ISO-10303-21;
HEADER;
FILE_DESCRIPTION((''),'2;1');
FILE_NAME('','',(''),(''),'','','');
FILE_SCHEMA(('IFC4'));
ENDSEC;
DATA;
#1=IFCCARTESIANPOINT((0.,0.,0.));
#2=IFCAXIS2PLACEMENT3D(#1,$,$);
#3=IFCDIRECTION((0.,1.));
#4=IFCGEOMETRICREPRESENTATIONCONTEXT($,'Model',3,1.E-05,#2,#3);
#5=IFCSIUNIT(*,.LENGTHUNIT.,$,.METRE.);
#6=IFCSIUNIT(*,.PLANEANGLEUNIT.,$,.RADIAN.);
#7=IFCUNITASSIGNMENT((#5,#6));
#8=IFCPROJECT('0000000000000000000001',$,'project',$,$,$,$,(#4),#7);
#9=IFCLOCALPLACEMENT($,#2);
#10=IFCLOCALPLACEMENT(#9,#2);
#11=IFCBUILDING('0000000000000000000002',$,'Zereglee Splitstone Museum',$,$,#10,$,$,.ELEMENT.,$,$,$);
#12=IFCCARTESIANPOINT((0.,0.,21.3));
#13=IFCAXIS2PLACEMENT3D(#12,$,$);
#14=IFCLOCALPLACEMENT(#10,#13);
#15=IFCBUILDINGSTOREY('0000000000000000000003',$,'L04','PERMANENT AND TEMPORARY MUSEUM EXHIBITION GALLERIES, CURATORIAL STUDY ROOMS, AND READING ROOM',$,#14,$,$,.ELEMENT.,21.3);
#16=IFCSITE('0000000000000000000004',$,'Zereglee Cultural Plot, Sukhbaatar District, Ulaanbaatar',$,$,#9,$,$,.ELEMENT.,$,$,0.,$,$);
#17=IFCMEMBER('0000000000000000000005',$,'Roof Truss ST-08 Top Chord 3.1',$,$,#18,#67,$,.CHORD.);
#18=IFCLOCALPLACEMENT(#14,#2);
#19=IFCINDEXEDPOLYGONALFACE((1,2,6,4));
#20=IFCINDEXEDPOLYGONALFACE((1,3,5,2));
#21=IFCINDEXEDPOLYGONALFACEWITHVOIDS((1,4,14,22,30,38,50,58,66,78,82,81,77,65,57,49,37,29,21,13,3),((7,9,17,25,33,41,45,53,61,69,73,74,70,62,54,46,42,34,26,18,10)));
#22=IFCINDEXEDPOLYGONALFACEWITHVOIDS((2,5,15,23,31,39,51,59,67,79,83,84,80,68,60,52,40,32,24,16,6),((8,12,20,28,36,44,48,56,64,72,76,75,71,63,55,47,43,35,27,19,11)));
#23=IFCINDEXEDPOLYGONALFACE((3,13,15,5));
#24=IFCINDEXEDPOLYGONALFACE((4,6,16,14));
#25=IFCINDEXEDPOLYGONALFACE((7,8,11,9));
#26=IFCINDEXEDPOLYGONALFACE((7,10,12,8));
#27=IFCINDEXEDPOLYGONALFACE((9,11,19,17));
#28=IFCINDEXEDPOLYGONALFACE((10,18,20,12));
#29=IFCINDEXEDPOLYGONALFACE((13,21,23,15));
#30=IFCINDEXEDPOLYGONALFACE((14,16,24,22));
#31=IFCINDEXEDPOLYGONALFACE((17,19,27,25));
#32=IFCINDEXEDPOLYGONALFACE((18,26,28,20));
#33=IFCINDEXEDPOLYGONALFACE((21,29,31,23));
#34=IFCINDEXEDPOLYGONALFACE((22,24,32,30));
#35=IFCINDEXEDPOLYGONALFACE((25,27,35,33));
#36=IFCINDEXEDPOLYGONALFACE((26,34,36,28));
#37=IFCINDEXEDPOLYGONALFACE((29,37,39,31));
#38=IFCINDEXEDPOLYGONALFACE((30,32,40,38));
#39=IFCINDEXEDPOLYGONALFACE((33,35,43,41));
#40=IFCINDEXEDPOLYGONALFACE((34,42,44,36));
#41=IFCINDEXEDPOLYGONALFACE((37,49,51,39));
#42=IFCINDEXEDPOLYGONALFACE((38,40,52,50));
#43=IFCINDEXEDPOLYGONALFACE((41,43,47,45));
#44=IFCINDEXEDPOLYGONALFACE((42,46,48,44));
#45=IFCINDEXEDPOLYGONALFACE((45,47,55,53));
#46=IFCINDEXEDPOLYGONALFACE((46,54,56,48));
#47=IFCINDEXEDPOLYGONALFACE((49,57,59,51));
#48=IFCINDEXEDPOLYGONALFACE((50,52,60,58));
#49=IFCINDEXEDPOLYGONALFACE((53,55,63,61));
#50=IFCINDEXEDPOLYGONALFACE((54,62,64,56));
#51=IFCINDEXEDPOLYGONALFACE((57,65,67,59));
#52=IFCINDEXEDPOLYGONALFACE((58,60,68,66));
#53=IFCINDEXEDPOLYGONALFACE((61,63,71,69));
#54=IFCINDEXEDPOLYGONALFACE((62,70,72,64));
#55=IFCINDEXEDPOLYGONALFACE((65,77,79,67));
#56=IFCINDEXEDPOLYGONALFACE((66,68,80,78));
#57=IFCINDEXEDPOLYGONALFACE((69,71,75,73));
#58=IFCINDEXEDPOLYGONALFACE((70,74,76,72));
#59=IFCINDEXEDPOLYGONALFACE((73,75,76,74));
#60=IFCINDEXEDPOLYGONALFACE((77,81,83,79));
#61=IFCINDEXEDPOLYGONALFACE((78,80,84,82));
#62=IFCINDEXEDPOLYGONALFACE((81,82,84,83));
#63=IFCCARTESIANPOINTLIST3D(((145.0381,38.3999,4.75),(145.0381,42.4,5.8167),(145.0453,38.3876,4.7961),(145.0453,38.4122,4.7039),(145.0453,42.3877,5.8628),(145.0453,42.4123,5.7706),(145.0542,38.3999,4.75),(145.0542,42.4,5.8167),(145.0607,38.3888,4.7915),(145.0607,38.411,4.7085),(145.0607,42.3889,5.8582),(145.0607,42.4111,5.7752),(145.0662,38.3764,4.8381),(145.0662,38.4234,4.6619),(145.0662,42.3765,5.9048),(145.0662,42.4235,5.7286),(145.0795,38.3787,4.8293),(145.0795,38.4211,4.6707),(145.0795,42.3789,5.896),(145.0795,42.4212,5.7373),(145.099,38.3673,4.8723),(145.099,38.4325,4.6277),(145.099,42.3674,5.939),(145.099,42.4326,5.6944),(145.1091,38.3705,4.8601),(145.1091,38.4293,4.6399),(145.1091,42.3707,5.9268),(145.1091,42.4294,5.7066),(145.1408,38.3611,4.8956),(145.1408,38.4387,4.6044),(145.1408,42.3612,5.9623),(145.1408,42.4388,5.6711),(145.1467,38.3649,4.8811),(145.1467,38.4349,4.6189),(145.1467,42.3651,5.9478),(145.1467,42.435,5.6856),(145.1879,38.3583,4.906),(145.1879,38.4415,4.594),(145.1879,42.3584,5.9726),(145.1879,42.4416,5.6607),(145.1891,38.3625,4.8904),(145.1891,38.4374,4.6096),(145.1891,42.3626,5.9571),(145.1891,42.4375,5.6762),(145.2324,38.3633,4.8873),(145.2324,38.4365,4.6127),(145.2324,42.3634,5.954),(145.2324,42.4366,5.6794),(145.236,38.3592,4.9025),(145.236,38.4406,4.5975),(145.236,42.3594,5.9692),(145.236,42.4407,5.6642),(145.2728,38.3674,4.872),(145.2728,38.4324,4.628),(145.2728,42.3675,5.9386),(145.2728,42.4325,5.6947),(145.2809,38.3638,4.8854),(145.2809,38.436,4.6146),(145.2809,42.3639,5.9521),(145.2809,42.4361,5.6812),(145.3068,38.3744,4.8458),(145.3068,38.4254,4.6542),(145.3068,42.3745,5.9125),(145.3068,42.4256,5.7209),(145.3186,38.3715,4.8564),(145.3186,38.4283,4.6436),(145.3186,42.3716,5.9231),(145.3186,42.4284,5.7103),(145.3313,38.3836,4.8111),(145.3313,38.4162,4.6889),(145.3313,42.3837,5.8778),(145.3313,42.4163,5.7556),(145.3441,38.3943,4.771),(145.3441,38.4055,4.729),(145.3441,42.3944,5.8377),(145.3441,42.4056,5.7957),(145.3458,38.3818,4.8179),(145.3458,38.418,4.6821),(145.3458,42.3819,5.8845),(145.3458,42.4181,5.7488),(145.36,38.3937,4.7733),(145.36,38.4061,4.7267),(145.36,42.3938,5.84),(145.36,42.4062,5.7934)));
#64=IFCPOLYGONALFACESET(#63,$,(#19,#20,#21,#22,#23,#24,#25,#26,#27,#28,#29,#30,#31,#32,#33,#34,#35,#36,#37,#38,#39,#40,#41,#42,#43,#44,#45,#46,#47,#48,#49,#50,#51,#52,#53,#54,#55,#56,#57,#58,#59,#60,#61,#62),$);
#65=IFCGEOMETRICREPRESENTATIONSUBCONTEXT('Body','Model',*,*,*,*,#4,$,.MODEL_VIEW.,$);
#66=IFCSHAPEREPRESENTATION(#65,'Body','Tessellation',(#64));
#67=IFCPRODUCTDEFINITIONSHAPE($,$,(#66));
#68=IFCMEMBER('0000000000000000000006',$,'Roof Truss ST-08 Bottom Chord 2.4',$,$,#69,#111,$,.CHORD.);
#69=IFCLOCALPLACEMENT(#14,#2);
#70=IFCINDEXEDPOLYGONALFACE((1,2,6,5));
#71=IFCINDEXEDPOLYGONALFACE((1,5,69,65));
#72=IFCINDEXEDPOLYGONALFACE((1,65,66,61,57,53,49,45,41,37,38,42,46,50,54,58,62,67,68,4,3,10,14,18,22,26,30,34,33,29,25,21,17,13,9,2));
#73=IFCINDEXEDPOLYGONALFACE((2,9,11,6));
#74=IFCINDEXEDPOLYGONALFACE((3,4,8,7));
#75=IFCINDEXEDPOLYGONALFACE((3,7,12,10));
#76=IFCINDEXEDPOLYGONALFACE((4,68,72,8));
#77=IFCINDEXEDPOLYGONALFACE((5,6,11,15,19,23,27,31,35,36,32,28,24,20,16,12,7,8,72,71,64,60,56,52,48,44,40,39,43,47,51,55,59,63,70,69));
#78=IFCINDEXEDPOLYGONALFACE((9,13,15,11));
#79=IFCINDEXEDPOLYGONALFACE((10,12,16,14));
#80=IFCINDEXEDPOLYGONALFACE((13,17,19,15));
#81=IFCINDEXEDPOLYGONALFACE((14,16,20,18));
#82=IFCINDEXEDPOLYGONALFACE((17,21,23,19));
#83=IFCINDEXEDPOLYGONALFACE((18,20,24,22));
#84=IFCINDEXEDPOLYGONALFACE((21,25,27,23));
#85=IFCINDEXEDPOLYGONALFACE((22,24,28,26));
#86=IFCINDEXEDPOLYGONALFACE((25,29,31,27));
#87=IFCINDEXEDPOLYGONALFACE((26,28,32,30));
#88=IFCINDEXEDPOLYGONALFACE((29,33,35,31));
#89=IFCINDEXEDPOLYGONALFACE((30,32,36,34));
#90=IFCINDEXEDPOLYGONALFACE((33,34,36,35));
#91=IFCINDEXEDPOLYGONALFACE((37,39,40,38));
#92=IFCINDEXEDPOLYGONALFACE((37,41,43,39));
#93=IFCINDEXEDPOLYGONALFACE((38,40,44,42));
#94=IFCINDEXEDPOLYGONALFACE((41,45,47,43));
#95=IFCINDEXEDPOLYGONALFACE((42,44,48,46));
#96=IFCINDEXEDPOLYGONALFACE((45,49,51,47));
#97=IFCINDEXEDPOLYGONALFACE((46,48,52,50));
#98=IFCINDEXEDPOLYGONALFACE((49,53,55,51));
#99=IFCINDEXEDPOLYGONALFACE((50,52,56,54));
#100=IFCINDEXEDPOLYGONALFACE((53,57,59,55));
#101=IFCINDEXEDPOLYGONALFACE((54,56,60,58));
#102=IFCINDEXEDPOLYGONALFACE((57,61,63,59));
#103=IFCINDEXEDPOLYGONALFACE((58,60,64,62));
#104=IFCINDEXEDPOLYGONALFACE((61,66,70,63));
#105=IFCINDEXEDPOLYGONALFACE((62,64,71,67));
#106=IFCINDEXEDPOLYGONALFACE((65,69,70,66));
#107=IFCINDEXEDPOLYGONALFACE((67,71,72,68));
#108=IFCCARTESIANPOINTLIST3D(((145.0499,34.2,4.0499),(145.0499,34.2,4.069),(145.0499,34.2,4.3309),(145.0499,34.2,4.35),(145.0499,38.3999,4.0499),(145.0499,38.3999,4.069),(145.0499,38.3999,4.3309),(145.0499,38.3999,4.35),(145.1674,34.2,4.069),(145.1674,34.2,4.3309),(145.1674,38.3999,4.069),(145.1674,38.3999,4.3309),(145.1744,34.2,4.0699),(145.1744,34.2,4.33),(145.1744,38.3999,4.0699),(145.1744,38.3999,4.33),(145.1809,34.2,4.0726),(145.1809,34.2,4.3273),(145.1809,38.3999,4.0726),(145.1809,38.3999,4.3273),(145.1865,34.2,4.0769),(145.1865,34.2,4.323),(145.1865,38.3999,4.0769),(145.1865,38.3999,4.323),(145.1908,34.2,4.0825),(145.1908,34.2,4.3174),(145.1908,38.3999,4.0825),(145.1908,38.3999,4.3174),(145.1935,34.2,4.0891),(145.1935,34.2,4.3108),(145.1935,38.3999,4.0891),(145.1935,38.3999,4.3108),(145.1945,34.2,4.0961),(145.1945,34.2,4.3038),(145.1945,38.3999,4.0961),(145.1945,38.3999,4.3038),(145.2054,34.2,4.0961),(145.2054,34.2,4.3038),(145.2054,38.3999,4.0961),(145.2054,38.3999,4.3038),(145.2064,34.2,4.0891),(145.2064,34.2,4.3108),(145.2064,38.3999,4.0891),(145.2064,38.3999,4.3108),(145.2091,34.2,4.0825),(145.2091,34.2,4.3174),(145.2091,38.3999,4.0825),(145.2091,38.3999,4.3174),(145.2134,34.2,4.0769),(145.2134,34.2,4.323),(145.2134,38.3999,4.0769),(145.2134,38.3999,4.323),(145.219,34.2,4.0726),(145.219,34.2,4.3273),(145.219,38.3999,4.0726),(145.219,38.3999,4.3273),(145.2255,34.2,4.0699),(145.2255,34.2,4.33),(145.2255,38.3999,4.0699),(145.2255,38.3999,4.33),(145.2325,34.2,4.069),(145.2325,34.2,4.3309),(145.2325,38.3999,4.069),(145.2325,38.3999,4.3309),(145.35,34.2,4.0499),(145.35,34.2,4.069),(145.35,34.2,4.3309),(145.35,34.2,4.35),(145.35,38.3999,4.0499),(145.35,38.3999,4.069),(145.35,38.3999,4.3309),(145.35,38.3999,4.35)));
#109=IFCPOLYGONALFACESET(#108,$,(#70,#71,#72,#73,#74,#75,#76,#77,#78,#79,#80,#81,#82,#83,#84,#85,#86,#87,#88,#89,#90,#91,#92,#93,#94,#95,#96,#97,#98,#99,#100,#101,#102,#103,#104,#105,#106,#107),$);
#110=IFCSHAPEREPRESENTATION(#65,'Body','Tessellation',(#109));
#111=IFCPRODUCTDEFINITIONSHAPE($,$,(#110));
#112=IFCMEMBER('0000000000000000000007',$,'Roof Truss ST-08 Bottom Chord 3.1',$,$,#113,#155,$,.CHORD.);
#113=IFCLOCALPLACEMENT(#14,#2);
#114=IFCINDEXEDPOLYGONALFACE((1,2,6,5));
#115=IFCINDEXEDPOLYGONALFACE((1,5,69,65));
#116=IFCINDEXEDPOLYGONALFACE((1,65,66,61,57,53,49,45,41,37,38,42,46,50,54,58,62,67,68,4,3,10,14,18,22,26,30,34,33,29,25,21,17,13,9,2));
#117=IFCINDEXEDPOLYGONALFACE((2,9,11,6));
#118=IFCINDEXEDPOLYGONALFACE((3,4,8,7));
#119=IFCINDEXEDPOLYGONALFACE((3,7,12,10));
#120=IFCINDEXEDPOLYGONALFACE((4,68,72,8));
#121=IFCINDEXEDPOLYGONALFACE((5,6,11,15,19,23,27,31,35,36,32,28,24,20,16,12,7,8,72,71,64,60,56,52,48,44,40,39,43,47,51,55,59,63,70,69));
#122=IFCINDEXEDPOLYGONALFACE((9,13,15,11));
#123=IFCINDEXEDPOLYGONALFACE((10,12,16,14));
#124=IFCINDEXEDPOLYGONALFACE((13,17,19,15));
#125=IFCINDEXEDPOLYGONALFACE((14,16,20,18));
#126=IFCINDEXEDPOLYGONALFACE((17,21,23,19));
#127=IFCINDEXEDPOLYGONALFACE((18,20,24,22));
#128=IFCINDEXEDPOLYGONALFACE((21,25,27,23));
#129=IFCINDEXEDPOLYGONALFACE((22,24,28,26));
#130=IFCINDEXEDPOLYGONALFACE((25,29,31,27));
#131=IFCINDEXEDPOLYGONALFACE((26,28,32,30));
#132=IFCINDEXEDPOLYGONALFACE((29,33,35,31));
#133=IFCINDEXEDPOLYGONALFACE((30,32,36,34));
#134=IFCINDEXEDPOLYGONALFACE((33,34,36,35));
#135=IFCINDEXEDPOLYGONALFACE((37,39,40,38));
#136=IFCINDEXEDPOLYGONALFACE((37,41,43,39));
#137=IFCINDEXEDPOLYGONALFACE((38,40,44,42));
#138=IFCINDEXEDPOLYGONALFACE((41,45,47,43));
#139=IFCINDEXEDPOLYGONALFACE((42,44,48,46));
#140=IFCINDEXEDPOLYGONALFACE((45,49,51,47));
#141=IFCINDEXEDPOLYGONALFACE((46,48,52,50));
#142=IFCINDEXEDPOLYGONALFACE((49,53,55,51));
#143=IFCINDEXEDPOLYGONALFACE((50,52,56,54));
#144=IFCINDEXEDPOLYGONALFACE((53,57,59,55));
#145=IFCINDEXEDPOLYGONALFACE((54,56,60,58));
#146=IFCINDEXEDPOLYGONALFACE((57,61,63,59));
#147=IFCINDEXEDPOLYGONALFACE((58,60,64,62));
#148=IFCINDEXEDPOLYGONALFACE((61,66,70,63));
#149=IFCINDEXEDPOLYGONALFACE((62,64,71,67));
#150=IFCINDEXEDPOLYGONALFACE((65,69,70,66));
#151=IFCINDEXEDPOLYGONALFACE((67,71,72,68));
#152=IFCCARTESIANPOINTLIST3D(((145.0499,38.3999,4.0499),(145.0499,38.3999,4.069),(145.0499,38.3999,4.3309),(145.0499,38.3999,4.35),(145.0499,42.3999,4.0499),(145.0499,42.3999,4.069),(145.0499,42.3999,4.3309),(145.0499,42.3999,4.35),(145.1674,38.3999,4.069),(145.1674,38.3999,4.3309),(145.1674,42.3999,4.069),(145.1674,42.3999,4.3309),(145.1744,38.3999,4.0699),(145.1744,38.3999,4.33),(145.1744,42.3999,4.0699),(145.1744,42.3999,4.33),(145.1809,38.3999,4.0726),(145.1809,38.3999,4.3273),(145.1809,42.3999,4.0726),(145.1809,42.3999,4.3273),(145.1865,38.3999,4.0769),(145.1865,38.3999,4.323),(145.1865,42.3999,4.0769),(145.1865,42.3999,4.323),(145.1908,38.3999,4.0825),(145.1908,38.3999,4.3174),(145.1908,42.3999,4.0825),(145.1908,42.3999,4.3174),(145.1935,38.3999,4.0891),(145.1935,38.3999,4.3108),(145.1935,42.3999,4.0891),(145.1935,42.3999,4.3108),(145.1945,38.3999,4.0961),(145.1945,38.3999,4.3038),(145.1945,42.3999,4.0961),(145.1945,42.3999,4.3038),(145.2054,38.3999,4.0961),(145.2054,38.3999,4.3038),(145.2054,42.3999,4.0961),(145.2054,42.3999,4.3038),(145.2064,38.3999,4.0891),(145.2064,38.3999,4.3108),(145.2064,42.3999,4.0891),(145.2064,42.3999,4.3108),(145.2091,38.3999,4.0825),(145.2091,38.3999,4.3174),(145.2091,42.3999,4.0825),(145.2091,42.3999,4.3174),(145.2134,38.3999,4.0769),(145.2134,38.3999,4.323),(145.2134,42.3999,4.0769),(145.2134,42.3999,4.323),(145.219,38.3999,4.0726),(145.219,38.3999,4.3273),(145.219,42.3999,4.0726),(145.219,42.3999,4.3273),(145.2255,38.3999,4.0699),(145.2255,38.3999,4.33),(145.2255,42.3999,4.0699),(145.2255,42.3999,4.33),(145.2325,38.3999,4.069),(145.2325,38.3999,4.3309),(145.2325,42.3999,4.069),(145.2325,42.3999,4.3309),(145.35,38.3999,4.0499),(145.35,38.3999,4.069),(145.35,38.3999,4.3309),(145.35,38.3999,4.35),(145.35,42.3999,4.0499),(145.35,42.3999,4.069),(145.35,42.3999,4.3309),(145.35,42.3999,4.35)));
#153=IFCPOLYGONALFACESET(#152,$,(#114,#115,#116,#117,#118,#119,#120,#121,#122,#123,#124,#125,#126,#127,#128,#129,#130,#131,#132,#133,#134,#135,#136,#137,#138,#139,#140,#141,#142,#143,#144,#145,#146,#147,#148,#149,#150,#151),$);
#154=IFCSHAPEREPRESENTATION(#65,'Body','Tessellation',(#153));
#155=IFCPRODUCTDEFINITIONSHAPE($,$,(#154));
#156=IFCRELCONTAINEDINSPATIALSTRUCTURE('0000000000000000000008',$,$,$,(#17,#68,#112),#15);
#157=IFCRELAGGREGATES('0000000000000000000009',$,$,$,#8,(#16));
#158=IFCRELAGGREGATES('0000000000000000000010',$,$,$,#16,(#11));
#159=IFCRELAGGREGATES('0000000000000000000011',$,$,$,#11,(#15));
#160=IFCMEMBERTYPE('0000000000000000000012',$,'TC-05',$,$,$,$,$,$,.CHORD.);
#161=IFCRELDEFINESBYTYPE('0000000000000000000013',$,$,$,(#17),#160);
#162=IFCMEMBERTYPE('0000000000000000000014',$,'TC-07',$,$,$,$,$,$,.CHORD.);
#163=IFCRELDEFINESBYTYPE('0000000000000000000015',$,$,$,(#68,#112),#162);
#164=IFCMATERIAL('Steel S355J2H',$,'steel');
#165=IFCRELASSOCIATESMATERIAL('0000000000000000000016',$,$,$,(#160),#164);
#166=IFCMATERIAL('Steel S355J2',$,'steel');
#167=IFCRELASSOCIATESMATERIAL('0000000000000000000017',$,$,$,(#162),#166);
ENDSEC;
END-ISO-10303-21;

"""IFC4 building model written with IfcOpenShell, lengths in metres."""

from ifc_helpers import new_model, si_unit, direction, frame, origin, origin_2d, place, context, subcontext, project, spatial, hollow_circle, i_section, extrude, material, material_profile, profile_set, type_object, element, save


model = new_model("IFC4")

# Units and contexts
model_context = context("Model", 3, precision=1e-05, world=origin(), true_north=direction((0.0, 1.0)))
body_context = subcontext(model_context, "Body", "Model", "MODEL_VIEW")
ifc_project = project(units=[si_unit("LENGTHUNIT", "METRE"), si_unit("PLANEANGLEUNIT", "RADIAN")], contexts=[model_context])

# Site, building, storey
site_placement = place(None, origin())
site = spatial("IfcSite", under=ifc_project, at=site_placement, Name="Zereglee Cultural Plot, Sukhbaatar District, Ulaanbaatar", CompositionType="ELEMENT", RefElevation=0.0)
building_placement = place(site_placement, origin())
building = spatial("IfcBuilding", under=site, at=building_placement, Name="Zereglee Splitstone Museum", CompositionType="ELEMENT")
storey_placement = place(building_placement, frame((0.0, 0.0, 21.3)))
storey = spatial("IfcBuildingStorey", under=building, at=storey_placement, Name="L04", Description="PERMANENT AND TEMPORARY MUSEUM EXHIBITION GALLERIES, CURATORIAL STUDY ROOMS, AND READING ROOM", CompositionType="ELEMENT", Elevation=21.3)

# Shared definitions
ifc_material_1 = material(Name="Steel S355J2H", Category="steel")

# Members
ifc_material_profile_1 = material_profile(ifc_material_1, hollow_circle(Radius=0.1619, WallThickness=0.0161, at=origin_2d()), Name="CHS 323.9x16")
ifc_profile_set_1 = profile_set([ifc_material_profile_1], Name="Steel S355J2H")
member_type_1 = type_object("IfcMemberType", Name="TC-05", PredefinedType="CHORD", material=ifc_profile_set_1)
member_1_placement = place(storey_placement, frame((145.2, 38.3999, 4.75), z_axis=(0.0, 0.966236, 0.257659), x_axis=(-1.0, 0.0, 0.0)))
element("IfcMember", 1, at=member_1_placement, inside=storey, type_object=member_type_1, Name="Roof Truss ST-08 Top Chord 3.1", PredefinedType="CHORD", context=body_context, shape_type="SweptSolid", body=[
    extrude(hollow_circle(Radius=0.1619, WallThickness=0.0161, at=origin_2d()), origin(), (0.0, 0.0, 1.0), 4.1399),
])
ifc_material_2 = material(Name="Steel S355J2", Category="steel")
ifc_material_profile_2 = material_profile(ifc_material_2, i_section(OverallWidth=0.3, OverallDepth=0.3, WebThickness=0.011, FlangeThickness=0.019, FilletRadius=0.0271, at=origin_2d()), Name="HE 300 B")
ifc_profile_set_2 = profile_set([ifc_material_profile_2], Name="Steel S355J2")
member_type_2 = type_object("IfcMemberType", Name="TC-07", PredefinedType="CHORD", material=ifc_profile_set_2)
member_2_placement = place(storey_placement, frame((145.2, 34.2, 4.2), z_axis=(0.0, 1.0, 0.0), x_axis=(-1.0, 0.0, 0.0)))
element("IfcMember", 2, at=member_2_placement, inside=storey, type_object=member_type_2, Name="Roof Truss ST-08 Bottom Chord 2.4", PredefinedType="CHORD", context=body_context, shape_type="SweptSolid", body=[
    extrude(i_section(OverallWidth=0.3, OverallDepth=0.3, WebThickness=0.011, FlangeThickness=0.019, FilletRadius=0.0271, at=origin_2d()), origin(), (0.0, 0.0, 1.0), 4.2),
])
member_3_placement = place(storey_placement, frame((145.2, 38.3999, 4.2), z_axis=(0.0, 1.0, 0.0), x_axis=(-1.0, 0.0, 0.0)))
element("IfcMember", 3, at=member_3_placement, inside=storey, type_object=member_type_2, Name="Roof Truss ST-08 Bottom Chord 3.1", PredefinedType="CHORD", context=body_context, shape_type="SweptSolid", body=[
    extrude(i_section(OverallWidth=0.3, OverallDepth=0.3, WebThickness=0.011, FlangeThickness=0.019, FilletRadius=0.0271, at=origin_2d()), origin(), (0.0, 0.0, 1.0), 4.0),
])

save(model, "model.ifc")
